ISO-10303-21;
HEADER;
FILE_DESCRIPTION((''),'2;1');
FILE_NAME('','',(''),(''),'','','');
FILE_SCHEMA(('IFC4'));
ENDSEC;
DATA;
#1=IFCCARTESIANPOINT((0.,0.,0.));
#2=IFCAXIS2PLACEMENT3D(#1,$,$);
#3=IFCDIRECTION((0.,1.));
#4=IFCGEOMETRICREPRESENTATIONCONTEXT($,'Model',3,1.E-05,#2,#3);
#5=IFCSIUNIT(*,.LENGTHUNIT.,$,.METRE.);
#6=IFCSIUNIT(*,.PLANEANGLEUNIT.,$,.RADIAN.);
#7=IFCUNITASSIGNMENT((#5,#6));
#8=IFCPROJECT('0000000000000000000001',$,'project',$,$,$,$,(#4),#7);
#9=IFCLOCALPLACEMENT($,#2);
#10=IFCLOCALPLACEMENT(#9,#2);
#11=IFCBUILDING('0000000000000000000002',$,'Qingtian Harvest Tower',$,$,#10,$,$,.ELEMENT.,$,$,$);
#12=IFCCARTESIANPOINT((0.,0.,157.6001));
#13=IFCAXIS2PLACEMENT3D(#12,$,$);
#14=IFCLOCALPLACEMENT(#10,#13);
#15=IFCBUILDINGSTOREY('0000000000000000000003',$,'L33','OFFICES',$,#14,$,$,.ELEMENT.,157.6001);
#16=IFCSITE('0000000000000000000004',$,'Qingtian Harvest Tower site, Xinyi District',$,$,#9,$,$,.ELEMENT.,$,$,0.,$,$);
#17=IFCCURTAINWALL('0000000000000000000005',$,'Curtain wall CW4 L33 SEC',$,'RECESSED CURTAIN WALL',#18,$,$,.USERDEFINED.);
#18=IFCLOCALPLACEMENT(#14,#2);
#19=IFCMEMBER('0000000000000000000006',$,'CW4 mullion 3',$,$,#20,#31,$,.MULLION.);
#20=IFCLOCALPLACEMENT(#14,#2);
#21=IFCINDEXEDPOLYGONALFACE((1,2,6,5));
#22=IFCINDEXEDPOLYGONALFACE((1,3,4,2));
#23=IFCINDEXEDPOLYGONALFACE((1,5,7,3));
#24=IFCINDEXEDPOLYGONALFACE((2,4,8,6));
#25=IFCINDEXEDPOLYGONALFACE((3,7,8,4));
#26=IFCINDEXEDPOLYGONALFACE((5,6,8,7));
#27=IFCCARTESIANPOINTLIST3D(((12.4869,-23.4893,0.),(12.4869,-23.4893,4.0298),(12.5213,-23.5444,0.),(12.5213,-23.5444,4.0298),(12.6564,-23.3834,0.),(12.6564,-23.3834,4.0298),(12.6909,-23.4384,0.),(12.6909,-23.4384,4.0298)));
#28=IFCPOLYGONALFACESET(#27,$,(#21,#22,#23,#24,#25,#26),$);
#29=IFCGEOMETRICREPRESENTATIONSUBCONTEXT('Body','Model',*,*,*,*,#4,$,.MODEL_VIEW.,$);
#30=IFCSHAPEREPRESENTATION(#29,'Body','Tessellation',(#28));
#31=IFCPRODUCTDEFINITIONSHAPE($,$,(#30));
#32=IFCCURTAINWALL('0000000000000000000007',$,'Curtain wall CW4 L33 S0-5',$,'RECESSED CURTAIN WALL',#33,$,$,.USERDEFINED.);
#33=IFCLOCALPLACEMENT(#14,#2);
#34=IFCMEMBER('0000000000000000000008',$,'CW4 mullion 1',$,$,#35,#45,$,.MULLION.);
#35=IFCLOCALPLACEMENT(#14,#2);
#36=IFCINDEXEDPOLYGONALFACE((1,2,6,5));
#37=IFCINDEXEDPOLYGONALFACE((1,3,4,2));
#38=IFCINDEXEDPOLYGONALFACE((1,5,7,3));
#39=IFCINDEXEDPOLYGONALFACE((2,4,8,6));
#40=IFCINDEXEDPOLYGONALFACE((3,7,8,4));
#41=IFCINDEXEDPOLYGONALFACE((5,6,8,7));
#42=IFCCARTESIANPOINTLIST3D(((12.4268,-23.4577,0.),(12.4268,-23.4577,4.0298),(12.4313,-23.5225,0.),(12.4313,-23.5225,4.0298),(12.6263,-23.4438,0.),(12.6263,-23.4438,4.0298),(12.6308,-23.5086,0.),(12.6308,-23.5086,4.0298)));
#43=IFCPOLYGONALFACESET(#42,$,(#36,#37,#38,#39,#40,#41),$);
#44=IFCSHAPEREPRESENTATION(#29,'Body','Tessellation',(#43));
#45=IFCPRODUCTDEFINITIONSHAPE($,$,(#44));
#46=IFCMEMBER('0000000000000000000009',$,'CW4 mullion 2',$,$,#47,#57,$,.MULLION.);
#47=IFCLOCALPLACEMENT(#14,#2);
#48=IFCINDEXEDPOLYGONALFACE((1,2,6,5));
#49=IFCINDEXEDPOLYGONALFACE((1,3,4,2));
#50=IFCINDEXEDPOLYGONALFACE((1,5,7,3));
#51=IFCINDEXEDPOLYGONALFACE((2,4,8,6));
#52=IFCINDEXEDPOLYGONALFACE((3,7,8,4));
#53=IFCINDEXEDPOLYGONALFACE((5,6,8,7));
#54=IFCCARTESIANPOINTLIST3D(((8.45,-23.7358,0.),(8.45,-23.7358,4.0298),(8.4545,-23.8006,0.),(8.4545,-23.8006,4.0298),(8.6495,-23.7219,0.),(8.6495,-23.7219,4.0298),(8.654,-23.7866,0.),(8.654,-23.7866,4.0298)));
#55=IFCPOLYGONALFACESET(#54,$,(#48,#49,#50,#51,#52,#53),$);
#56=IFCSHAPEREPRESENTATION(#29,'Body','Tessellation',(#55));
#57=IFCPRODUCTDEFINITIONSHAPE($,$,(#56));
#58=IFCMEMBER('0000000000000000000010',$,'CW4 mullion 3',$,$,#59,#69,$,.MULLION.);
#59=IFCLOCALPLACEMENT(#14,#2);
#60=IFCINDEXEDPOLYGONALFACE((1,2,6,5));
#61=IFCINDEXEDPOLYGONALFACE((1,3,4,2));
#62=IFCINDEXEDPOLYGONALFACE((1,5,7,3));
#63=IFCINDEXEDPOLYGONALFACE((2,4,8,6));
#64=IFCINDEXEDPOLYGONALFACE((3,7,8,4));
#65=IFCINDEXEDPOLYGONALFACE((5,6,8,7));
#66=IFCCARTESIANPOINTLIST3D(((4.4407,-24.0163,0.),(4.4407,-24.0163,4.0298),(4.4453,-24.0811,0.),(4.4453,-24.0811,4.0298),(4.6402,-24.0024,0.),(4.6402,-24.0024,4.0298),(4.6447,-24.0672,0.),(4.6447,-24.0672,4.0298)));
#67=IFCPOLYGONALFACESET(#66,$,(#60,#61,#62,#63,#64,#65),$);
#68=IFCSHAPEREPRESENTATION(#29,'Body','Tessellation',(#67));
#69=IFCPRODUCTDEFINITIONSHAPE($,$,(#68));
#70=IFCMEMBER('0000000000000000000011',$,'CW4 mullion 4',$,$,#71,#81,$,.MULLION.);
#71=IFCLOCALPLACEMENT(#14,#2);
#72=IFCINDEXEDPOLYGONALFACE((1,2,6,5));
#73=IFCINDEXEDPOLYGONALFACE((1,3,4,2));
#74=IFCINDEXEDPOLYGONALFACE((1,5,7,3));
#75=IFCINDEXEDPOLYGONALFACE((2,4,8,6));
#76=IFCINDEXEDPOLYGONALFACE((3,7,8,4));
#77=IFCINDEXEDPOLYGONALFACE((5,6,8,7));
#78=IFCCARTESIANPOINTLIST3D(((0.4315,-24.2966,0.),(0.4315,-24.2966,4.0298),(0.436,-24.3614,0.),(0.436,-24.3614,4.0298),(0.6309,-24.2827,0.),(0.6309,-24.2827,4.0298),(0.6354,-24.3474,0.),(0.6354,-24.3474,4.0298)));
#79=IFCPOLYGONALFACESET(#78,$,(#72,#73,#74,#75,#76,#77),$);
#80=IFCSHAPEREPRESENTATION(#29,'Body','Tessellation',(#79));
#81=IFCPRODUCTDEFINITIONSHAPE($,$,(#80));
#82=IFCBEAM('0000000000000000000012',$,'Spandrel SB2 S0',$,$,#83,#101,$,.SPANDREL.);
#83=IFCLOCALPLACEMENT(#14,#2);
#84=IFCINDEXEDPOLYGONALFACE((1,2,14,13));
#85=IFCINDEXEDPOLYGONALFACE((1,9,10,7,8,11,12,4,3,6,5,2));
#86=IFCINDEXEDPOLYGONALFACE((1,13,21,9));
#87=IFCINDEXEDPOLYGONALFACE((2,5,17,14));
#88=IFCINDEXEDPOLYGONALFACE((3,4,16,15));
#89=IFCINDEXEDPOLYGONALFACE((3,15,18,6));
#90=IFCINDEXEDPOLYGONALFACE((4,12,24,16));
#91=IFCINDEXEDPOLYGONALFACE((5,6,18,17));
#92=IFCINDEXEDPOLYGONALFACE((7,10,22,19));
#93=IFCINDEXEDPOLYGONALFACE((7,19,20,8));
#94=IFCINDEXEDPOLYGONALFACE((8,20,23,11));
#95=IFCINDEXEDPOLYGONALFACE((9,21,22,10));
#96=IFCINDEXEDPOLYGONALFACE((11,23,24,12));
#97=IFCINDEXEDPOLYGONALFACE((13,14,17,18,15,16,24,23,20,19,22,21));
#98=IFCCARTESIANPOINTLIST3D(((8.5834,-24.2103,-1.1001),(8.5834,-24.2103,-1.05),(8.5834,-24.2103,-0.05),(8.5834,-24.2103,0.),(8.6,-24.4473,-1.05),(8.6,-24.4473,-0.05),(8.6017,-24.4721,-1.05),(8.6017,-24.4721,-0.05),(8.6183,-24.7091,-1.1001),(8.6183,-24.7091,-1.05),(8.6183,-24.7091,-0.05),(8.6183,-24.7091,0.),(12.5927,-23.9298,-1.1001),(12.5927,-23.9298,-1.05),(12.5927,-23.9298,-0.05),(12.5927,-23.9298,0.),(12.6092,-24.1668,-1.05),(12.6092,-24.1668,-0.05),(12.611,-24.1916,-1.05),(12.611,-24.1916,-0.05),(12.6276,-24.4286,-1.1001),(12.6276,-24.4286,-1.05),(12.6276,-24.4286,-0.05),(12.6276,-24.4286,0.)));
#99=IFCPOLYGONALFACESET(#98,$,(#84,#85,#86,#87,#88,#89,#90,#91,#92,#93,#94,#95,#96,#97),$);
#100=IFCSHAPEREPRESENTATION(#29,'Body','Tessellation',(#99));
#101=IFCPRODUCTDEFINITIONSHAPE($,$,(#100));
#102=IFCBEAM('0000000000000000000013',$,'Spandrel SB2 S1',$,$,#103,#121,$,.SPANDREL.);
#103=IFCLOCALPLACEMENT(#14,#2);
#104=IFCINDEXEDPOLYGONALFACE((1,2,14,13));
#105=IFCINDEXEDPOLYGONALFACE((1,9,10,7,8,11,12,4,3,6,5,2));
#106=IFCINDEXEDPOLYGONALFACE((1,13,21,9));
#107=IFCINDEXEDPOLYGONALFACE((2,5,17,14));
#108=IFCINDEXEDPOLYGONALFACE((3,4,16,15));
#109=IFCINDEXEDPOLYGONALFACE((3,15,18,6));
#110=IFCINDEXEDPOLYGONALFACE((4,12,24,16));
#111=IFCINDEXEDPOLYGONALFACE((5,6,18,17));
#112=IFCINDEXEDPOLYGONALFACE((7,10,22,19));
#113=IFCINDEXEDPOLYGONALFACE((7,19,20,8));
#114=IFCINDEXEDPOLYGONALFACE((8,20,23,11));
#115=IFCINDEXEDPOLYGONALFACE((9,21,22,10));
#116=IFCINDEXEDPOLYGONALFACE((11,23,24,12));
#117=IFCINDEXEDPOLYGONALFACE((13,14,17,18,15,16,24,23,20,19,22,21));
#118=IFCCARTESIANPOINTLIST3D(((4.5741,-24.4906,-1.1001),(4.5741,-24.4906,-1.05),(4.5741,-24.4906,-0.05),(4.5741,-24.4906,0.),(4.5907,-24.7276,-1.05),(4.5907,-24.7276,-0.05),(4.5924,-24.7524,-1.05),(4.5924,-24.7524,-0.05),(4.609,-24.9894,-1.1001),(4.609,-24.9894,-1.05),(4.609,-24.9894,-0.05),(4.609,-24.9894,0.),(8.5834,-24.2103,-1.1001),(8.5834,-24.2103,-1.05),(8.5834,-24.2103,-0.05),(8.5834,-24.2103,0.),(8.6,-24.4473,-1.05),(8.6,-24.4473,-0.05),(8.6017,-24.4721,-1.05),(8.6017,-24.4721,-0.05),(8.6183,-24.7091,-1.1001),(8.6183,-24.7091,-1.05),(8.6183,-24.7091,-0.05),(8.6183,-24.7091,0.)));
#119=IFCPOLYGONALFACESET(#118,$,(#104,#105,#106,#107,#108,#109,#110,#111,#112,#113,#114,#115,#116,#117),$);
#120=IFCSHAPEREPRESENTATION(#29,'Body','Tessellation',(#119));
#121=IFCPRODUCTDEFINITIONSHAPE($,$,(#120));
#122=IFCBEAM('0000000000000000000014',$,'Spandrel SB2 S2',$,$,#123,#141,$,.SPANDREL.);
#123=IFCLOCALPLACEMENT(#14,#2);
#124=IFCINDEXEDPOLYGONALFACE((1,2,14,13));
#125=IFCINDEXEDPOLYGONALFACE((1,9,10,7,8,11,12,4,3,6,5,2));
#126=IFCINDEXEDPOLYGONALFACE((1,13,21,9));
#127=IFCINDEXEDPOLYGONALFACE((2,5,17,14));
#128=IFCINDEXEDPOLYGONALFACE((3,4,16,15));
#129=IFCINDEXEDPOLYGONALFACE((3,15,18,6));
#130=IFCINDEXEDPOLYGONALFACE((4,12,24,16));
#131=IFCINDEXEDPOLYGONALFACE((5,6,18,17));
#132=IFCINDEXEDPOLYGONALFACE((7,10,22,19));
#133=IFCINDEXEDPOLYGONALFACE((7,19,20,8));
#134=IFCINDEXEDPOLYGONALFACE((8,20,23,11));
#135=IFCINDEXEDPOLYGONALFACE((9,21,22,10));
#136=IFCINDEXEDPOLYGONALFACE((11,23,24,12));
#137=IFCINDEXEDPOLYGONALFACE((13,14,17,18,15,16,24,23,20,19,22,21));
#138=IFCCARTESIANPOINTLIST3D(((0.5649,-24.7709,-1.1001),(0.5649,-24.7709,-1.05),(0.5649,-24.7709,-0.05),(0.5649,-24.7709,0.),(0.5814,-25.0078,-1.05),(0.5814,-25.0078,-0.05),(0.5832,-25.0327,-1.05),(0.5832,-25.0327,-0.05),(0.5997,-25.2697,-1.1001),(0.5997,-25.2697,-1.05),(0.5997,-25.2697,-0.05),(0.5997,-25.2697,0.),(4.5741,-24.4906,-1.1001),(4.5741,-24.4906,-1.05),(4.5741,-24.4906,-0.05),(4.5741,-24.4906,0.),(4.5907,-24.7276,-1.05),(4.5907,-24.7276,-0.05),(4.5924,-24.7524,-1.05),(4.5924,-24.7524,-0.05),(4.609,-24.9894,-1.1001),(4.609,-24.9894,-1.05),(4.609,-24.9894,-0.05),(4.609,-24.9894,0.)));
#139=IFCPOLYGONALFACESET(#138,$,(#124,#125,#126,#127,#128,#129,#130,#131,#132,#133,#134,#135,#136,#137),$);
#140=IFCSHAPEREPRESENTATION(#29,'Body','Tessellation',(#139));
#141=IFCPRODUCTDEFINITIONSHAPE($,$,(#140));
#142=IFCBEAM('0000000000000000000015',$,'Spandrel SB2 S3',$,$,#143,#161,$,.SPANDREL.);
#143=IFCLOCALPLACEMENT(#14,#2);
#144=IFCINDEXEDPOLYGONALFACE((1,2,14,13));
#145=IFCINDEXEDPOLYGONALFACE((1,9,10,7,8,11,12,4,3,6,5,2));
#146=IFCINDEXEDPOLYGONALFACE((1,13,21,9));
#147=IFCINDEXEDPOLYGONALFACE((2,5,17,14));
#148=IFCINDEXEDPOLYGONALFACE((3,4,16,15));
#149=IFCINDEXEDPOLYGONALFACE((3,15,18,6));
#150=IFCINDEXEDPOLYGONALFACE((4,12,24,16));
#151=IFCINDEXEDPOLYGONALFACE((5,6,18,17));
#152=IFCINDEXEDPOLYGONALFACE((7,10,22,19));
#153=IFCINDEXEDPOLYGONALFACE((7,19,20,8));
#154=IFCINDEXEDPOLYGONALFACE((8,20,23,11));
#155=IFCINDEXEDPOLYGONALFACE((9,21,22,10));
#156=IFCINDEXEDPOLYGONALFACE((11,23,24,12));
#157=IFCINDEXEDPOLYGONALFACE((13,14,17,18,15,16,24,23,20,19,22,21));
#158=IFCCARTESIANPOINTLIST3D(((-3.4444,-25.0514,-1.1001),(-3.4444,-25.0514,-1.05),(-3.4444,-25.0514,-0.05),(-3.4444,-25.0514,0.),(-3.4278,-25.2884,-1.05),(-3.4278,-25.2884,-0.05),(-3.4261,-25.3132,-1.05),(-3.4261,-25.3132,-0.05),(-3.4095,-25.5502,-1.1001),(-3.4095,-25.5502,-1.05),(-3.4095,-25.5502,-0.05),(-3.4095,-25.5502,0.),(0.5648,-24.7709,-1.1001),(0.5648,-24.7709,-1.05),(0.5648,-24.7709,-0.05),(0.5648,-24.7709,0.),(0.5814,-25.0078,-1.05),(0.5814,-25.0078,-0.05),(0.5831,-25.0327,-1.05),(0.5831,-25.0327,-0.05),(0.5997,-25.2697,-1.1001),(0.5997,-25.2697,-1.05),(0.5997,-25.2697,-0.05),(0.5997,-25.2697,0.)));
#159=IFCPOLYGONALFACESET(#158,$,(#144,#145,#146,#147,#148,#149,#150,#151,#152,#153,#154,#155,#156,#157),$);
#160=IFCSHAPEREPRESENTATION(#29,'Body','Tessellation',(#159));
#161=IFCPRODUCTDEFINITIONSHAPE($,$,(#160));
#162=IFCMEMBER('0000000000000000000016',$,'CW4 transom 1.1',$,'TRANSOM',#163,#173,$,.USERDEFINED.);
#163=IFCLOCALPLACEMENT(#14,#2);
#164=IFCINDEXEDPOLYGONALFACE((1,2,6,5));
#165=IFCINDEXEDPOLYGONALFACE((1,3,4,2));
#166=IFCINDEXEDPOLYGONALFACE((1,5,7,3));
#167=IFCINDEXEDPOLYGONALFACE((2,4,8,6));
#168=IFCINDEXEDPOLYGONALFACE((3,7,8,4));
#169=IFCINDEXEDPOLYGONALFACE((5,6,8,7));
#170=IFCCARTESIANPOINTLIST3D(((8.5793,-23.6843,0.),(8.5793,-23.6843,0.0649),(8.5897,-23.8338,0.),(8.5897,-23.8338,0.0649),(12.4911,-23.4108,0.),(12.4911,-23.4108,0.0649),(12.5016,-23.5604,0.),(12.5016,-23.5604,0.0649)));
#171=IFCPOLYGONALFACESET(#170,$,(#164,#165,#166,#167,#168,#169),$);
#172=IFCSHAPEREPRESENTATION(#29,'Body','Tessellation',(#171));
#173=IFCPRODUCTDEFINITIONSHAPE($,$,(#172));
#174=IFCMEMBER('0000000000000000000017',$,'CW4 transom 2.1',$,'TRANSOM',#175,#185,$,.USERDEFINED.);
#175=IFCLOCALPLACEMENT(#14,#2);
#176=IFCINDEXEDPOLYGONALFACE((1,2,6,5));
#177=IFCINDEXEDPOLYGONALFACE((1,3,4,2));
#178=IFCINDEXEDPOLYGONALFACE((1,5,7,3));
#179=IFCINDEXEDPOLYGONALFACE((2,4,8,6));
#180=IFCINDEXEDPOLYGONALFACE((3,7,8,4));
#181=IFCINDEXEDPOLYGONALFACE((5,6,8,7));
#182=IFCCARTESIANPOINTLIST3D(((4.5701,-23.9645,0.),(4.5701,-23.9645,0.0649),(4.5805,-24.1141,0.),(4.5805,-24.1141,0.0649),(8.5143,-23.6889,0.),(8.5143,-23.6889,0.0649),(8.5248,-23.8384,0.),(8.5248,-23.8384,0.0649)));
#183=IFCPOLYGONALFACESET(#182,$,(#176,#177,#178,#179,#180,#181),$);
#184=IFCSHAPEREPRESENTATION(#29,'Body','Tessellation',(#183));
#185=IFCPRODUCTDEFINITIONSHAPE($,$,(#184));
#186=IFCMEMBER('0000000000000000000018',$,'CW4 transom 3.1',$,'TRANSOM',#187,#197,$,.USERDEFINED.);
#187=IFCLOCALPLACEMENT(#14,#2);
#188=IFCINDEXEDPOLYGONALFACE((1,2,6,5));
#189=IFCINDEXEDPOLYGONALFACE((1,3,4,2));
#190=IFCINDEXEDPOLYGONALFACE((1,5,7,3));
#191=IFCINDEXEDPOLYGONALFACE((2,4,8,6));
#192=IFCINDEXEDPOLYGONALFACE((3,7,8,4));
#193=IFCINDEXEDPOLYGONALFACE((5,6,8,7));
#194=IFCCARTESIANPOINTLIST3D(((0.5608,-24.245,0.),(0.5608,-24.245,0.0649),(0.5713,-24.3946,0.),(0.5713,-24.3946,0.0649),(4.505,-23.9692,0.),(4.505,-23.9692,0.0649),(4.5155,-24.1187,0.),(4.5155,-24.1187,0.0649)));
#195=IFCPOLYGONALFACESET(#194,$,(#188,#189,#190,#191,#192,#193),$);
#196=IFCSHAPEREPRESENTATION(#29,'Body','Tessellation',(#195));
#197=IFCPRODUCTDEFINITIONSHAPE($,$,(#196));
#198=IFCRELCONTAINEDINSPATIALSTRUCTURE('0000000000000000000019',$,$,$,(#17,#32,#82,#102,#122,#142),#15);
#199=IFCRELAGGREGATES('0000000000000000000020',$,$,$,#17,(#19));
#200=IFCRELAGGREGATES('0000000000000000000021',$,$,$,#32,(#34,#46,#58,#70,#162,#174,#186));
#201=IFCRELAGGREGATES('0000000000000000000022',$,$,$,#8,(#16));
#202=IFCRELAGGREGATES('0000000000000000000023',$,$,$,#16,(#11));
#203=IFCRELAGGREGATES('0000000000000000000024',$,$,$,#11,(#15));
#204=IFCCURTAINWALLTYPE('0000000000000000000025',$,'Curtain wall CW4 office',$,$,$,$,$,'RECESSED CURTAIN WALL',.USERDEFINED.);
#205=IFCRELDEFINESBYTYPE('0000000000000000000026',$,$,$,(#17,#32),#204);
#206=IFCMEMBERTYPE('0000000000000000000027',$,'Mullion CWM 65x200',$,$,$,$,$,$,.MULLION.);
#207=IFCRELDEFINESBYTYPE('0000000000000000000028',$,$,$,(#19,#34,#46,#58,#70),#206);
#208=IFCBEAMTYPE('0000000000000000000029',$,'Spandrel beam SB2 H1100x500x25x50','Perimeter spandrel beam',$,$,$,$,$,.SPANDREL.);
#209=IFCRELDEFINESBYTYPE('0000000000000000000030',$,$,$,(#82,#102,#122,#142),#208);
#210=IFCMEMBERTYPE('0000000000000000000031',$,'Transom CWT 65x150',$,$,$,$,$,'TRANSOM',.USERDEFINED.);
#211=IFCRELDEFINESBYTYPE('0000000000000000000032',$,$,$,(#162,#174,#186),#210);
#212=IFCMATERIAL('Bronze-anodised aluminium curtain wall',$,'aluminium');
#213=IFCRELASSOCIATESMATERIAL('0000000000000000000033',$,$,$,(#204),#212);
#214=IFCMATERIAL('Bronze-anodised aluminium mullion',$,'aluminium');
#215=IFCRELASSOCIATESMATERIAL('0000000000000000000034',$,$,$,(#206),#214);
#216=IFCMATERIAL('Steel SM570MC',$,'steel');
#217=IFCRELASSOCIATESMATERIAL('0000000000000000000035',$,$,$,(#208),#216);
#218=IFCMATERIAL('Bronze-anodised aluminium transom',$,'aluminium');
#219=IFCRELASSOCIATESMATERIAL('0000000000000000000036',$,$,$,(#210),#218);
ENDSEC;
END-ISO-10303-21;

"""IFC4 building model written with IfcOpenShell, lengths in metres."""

from ifc_helpers import new_model, si_unit, direction, frame, origin, origin_2d, place, context, subcontext, project, spatial, rectangle, i_section, extrude, material, material_profile, profile_set, type_object, element, aggregate, save


model = new_model("IFC4")

# Units and contexts
model_context = context("Model", 3, precision=1e-05, world=origin(), true_north=direction((0.0, 1.0)))
body_context = subcontext(model_context, "Body", "Model", "MODEL_VIEW")
ifc_project = project(units=[si_unit("LENGTHUNIT", "METRE"), si_unit("PLANEANGLEUNIT", "RADIAN")], contexts=[model_context])

# Site, building, storey
site_placement = place(None, origin())
site = spatial("IfcSite", under=ifc_project, at=site_placement, Name="Qingtian Harvest Tower site, Xinyi District", CompositionType="ELEMENT", RefElevation=0.0)
building_placement = place(site_placement, origin())
building = spatial("IfcBuilding", under=site, at=building_placement, Name="Qingtian Harvest Tower", CompositionType="ELEMENT")
storey_placement = place(building_placement, frame((0.0, 0.0, 157.6001)))
storey = spatial("IfcBuildingStorey", under=building, at=storey_placement, Name="L33", Description="OFFICES", CompositionType="ELEMENT", Elevation=157.6001)

# Curtain wall, member
ifc_material_1 = material(Name="Bronze-anodised aluminium curtain wall", Category="aluminium")
curtain_wall_type = type_object("IfcCurtainWallType", Name="Curtain wall CW4 office", ElementType="RECESSED CURTAIN WALL", PredefinedType="USERDEFINED", material=ifc_material_1)
curtain_wall_1_placement = place(storey_placement, origin())
curtain_wall_1 = element("IfcCurtainWall", 1, at=curtain_wall_1_placement, inside=storey, type_object=curtain_wall_type, Name="Curtain wall CW4 L33 SEC", ObjectType="RECESSED CURTAIN WALL", PredefinedType="USERDEFINED")
ifc_material_2 = material(Name="Bronze-anodised aluminium mullion", Category="aluminium")
ifc_material_profile_1 = material_profile(ifc_material_2, rectangle(XDim=0.0649, YDim=0.2, at=origin_2d()), Name="AL 65x200")
ifc_profile_set_1 = profile_set([ifc_material_profile_1], Name="Bronze-anodised aluminium mullion")
member_type_1 = type_object("IfcMemberType", Name="Mullion CWM 65x200", PredefinedType="MULLION", material=ifc_profile_set_1)
member_1_placement = place(storey_placement, frame((12.5889, -23.4639, 0.0), z_axis=(0.0, 0.0, 1.0), x_axis=(0.529919, -0.848048, 0.0)))
member_1 = element("IfcMember", 2, at=member_1_placement, type_object=member_type_1, Name="CW4 mullion 3", PredefinedType="MULLION", context=body_context, shape_type="SweptSolid", body=[
    extrude(rectangle(XDim=0.0649, YDim=0.2, at=origin_2d()), origin(), (0.0, 0.0, 1.0), 4.0298),
])
aggregate(curtain_wall_1, [member_1])

# Curtain wall, members
curtain_wall_2_placement = place(storey_placement, origin())
curtain_wall_2 = element("IfcCurtainWall", 3, at=curtain_wall_2_placement, inside=storey, type_object=curtain_wall_type, Name="Curtain wall CW4 L33 S0-5", ObjectType="RECESSED CURTAIN WALL", PredefinedType="USERDEFINED")
member_2_placement = place(storey_placement, frame((12.5288, -23.4832, 0.0), z_axis=(0.0, 0.0, 1.0), x_axis=(0.069756, -0.997564, 0.0)))
member_2 = element("IfcMember", 4, at=member_2_placement, type_object=member_type_1, Name="CW4 mullion 1", PredefinedType="MULLION", context=body_context, shape_type="SweptSolid", body=[
    extrude(rectangle(XDim=0.0649, YDim=0.2, at=origin_2d()), origin(), (0.0, 0.0, 1.0), 4.0298),
])
member_3_placement = place(storey_placement, frame((8.552, -23.7612, 0.0), z_axis=(0.0, 0.0, 1.0), x_axis=(0.069756, -0.997564, 0.0)))
member_3 = element("IfcMember", 5, at=member_3_placement, type_object=member_type_1, Name="CW4 mullion 2", PredefinedType="MULLION", context=body_context, shape_type="SweptSolid", body=[
    extrude(rectangle(XDim=0.0649, YDim=0.2, at=origin_2d()), origin(), (0.0, 0.0, 1.0), 4.0298),
])
member_4_placement = place(storey_placement, frame((4.5427, -24.0417, 0.0), z_axis=(0.0, 0.0, 1.0), x_axis=(0.069756, -0.997564, 0.0)))
member_4 = element("IfcMember", 6, at=member_4_placement, type_object=member_type_1, Name="CW4 mullion 3", PredefinedType="MULLION", context=body_context, shape_type="SweptSolid", body=[
    extrude(rectangle(XDim=0.0649, YDim=0.2, at=origin_2d()), origin(), (0.0, 0.0, 1.0), 4.0298),
])
member_5_placement = place(storey_placement, frame((0.5334, -24.322, 0.0), z_axis=(0.0, 0.0, 1.0), x_axis=(0.069756, -0.997564, 0.0)))
member_5 = element("IfcMember", 7, at=member_5_placement, type_object=member_type_1, Name="CW4 mullion 4", PredefinedType="MULLION", context=body_context, shape_type="SweptSolid", body=[
    extrude(rectangle(XDim=0.0649, YDim=0.2, at=origin_2d()), origin(), (0.0, 0.0, 1.0), 4.0298),
])

# Beams
ifc_material_3 = material(Name="Steel SM570MC", Category="steel")
ifc_material_profile_2 = material_profile(ifc_material_3, i_section(OverallWidth=0.5, OverallDepth=1.1001, WebThickness=0.0249, FlangeThickness=0.05, at=origin_2d()), Name="H1100x500x25x50")
ifc_profile_set_2 = profile_set([ifc_material_profile_2], Name="Steel SM570MC")
beam_type_1 = type_object("IfcBeamType", Name="Spandrel beam SB2 H1100x500x25x50", Description="Perimeter spandrel beam", PredefinedType="SPANDREL", material=ifc_profile_set_2)
for number, where, z_axis, x_axis, name in (
    (8, (12.6101, -24.1792, -0.55), (-0.997561, -0.069796, 0.0), (0.069796, -0.997561, 0.0), "Spandrel SB2 S0"),
    (9, (8.6008, -24.4597, -0.55), (-0.997565, -0.069736, 0.0), (0.069736, -0.997565, 0.0), "Spandrel SB2 S1"),
    (10, (4.5916, -24.74, -0.55), (-0.997565, -0.069736, 0.0), (0.069736, -0.997565, 0.0), "Spandrel SB2 S2"),
    (11, (0.5823, -25.0203, -0.55), (-0.997561, -0.069796, 0.0), (0.069796, -0.997561, 0.0), "Spandrel SB2 S3"),
):
    element("IfcBeam", number, at=place(storey_placement, frame(where, z_axis=z_axis, x_axis=x_axis)), inside=storey, type_object=beam_type_1, Name=name, PredefinedType="SPANDREL", context=body_context, shape_type="SweptSolid", body=[
        extrude(i_section(OverallWidth=0.5, OverallDepth=1.1001, WebThickness=0.0249, FlangeThickness=0.05, at=origin_2d()), origin(), (0.0, 0.0, 1.0), 4.019),
    ])

# Members
ifc_material_4 = material(Name="Bronze-anodised aluminium transom", Category="aluminium")
ifc_material_profile_3 = material_profile(ifc_material_4, rectangle(XDim=0.1499, YDim=0.0649, at=origin_2d()), Name="AL 65x150")
ifc_profile_set_3 = profile_set([ifc_material_profile_3], Name="Bronze-anodised aluminium transom")
member_type_2 = type_object("IfcMemberType", Name="Transom CWT 65x150", ElementType="TRANSOM", PredefinedType="USERDEFINED", material=ifc_profile_set_3)
member_6_placement = place(storey_placement, frame((12.4963, -23.4856, 0.0325), z_axis=(-0.997566, -0.069729, 0.0), x_axis=(0.069729, -0.997566, 0.0)))
member_6 = element("IfcMember", 12, at=member_6_placement, type_object=member_type_2, Name="CW4 transom 1.1", ObjectType="TRANSOM", PredefinedType="USERDEFINED", context=body_context, shape_type="SweptSolid", body=[
    extrude(rectangle(XDim=0.1499, YDim=0.0649, at=origin_2d()), origin(), (0.0, 0.0, 1.0), 3.9214),
])
member_7_placement = place(storey_placement, frame((8.5195, -23.7637, 0.0325), z_axis=(-0.997567, -0.069711, 0.0), x_axis=(0.069711, -0.997567, 0.0)))
member_7 = element("IfcMember", 13, at=member_7_placement, type_object=member_type_2, Name="CW4 transom 2.1", ObjectType="TRANSOM", PredefinedType="USERDEFINED", context=body_context, shape_type="SweptSolid", body=[
    extrude(rectangle(XDim=0.1499, YDim=0.0649, at=origin_2d()), origin(), (0.0, 0.0, 1.0), 3.9539),
])
member_8_placement = place(storey_placement, frame((4.5103, -24.0439, 0.0325), z_axis=(-0.997563, -0.069773, 0.0), x_axis=(0.069773, -0.997563, 0.0)))
member_8 = element("IfcMember", 14, at=member_8_placement, type_object=member_type_2, Name="CW4 transom 3.1", ObjectType="TRANSOM", PredefinedType="USERDEFINED", context=body_context, shape_type="SweptSolid", body=[
    extrude(rectangle(XDim=0.1499, YDim=0.0649, at=origin_2d()), origin(), (0.0, 0.0, 1.0), 3.9539),
])

aggregate(curtain_wall_2, [member_2, member_3, member_4, member_5, member_6, member_7, member_8])

save(model, "model.ifc")
